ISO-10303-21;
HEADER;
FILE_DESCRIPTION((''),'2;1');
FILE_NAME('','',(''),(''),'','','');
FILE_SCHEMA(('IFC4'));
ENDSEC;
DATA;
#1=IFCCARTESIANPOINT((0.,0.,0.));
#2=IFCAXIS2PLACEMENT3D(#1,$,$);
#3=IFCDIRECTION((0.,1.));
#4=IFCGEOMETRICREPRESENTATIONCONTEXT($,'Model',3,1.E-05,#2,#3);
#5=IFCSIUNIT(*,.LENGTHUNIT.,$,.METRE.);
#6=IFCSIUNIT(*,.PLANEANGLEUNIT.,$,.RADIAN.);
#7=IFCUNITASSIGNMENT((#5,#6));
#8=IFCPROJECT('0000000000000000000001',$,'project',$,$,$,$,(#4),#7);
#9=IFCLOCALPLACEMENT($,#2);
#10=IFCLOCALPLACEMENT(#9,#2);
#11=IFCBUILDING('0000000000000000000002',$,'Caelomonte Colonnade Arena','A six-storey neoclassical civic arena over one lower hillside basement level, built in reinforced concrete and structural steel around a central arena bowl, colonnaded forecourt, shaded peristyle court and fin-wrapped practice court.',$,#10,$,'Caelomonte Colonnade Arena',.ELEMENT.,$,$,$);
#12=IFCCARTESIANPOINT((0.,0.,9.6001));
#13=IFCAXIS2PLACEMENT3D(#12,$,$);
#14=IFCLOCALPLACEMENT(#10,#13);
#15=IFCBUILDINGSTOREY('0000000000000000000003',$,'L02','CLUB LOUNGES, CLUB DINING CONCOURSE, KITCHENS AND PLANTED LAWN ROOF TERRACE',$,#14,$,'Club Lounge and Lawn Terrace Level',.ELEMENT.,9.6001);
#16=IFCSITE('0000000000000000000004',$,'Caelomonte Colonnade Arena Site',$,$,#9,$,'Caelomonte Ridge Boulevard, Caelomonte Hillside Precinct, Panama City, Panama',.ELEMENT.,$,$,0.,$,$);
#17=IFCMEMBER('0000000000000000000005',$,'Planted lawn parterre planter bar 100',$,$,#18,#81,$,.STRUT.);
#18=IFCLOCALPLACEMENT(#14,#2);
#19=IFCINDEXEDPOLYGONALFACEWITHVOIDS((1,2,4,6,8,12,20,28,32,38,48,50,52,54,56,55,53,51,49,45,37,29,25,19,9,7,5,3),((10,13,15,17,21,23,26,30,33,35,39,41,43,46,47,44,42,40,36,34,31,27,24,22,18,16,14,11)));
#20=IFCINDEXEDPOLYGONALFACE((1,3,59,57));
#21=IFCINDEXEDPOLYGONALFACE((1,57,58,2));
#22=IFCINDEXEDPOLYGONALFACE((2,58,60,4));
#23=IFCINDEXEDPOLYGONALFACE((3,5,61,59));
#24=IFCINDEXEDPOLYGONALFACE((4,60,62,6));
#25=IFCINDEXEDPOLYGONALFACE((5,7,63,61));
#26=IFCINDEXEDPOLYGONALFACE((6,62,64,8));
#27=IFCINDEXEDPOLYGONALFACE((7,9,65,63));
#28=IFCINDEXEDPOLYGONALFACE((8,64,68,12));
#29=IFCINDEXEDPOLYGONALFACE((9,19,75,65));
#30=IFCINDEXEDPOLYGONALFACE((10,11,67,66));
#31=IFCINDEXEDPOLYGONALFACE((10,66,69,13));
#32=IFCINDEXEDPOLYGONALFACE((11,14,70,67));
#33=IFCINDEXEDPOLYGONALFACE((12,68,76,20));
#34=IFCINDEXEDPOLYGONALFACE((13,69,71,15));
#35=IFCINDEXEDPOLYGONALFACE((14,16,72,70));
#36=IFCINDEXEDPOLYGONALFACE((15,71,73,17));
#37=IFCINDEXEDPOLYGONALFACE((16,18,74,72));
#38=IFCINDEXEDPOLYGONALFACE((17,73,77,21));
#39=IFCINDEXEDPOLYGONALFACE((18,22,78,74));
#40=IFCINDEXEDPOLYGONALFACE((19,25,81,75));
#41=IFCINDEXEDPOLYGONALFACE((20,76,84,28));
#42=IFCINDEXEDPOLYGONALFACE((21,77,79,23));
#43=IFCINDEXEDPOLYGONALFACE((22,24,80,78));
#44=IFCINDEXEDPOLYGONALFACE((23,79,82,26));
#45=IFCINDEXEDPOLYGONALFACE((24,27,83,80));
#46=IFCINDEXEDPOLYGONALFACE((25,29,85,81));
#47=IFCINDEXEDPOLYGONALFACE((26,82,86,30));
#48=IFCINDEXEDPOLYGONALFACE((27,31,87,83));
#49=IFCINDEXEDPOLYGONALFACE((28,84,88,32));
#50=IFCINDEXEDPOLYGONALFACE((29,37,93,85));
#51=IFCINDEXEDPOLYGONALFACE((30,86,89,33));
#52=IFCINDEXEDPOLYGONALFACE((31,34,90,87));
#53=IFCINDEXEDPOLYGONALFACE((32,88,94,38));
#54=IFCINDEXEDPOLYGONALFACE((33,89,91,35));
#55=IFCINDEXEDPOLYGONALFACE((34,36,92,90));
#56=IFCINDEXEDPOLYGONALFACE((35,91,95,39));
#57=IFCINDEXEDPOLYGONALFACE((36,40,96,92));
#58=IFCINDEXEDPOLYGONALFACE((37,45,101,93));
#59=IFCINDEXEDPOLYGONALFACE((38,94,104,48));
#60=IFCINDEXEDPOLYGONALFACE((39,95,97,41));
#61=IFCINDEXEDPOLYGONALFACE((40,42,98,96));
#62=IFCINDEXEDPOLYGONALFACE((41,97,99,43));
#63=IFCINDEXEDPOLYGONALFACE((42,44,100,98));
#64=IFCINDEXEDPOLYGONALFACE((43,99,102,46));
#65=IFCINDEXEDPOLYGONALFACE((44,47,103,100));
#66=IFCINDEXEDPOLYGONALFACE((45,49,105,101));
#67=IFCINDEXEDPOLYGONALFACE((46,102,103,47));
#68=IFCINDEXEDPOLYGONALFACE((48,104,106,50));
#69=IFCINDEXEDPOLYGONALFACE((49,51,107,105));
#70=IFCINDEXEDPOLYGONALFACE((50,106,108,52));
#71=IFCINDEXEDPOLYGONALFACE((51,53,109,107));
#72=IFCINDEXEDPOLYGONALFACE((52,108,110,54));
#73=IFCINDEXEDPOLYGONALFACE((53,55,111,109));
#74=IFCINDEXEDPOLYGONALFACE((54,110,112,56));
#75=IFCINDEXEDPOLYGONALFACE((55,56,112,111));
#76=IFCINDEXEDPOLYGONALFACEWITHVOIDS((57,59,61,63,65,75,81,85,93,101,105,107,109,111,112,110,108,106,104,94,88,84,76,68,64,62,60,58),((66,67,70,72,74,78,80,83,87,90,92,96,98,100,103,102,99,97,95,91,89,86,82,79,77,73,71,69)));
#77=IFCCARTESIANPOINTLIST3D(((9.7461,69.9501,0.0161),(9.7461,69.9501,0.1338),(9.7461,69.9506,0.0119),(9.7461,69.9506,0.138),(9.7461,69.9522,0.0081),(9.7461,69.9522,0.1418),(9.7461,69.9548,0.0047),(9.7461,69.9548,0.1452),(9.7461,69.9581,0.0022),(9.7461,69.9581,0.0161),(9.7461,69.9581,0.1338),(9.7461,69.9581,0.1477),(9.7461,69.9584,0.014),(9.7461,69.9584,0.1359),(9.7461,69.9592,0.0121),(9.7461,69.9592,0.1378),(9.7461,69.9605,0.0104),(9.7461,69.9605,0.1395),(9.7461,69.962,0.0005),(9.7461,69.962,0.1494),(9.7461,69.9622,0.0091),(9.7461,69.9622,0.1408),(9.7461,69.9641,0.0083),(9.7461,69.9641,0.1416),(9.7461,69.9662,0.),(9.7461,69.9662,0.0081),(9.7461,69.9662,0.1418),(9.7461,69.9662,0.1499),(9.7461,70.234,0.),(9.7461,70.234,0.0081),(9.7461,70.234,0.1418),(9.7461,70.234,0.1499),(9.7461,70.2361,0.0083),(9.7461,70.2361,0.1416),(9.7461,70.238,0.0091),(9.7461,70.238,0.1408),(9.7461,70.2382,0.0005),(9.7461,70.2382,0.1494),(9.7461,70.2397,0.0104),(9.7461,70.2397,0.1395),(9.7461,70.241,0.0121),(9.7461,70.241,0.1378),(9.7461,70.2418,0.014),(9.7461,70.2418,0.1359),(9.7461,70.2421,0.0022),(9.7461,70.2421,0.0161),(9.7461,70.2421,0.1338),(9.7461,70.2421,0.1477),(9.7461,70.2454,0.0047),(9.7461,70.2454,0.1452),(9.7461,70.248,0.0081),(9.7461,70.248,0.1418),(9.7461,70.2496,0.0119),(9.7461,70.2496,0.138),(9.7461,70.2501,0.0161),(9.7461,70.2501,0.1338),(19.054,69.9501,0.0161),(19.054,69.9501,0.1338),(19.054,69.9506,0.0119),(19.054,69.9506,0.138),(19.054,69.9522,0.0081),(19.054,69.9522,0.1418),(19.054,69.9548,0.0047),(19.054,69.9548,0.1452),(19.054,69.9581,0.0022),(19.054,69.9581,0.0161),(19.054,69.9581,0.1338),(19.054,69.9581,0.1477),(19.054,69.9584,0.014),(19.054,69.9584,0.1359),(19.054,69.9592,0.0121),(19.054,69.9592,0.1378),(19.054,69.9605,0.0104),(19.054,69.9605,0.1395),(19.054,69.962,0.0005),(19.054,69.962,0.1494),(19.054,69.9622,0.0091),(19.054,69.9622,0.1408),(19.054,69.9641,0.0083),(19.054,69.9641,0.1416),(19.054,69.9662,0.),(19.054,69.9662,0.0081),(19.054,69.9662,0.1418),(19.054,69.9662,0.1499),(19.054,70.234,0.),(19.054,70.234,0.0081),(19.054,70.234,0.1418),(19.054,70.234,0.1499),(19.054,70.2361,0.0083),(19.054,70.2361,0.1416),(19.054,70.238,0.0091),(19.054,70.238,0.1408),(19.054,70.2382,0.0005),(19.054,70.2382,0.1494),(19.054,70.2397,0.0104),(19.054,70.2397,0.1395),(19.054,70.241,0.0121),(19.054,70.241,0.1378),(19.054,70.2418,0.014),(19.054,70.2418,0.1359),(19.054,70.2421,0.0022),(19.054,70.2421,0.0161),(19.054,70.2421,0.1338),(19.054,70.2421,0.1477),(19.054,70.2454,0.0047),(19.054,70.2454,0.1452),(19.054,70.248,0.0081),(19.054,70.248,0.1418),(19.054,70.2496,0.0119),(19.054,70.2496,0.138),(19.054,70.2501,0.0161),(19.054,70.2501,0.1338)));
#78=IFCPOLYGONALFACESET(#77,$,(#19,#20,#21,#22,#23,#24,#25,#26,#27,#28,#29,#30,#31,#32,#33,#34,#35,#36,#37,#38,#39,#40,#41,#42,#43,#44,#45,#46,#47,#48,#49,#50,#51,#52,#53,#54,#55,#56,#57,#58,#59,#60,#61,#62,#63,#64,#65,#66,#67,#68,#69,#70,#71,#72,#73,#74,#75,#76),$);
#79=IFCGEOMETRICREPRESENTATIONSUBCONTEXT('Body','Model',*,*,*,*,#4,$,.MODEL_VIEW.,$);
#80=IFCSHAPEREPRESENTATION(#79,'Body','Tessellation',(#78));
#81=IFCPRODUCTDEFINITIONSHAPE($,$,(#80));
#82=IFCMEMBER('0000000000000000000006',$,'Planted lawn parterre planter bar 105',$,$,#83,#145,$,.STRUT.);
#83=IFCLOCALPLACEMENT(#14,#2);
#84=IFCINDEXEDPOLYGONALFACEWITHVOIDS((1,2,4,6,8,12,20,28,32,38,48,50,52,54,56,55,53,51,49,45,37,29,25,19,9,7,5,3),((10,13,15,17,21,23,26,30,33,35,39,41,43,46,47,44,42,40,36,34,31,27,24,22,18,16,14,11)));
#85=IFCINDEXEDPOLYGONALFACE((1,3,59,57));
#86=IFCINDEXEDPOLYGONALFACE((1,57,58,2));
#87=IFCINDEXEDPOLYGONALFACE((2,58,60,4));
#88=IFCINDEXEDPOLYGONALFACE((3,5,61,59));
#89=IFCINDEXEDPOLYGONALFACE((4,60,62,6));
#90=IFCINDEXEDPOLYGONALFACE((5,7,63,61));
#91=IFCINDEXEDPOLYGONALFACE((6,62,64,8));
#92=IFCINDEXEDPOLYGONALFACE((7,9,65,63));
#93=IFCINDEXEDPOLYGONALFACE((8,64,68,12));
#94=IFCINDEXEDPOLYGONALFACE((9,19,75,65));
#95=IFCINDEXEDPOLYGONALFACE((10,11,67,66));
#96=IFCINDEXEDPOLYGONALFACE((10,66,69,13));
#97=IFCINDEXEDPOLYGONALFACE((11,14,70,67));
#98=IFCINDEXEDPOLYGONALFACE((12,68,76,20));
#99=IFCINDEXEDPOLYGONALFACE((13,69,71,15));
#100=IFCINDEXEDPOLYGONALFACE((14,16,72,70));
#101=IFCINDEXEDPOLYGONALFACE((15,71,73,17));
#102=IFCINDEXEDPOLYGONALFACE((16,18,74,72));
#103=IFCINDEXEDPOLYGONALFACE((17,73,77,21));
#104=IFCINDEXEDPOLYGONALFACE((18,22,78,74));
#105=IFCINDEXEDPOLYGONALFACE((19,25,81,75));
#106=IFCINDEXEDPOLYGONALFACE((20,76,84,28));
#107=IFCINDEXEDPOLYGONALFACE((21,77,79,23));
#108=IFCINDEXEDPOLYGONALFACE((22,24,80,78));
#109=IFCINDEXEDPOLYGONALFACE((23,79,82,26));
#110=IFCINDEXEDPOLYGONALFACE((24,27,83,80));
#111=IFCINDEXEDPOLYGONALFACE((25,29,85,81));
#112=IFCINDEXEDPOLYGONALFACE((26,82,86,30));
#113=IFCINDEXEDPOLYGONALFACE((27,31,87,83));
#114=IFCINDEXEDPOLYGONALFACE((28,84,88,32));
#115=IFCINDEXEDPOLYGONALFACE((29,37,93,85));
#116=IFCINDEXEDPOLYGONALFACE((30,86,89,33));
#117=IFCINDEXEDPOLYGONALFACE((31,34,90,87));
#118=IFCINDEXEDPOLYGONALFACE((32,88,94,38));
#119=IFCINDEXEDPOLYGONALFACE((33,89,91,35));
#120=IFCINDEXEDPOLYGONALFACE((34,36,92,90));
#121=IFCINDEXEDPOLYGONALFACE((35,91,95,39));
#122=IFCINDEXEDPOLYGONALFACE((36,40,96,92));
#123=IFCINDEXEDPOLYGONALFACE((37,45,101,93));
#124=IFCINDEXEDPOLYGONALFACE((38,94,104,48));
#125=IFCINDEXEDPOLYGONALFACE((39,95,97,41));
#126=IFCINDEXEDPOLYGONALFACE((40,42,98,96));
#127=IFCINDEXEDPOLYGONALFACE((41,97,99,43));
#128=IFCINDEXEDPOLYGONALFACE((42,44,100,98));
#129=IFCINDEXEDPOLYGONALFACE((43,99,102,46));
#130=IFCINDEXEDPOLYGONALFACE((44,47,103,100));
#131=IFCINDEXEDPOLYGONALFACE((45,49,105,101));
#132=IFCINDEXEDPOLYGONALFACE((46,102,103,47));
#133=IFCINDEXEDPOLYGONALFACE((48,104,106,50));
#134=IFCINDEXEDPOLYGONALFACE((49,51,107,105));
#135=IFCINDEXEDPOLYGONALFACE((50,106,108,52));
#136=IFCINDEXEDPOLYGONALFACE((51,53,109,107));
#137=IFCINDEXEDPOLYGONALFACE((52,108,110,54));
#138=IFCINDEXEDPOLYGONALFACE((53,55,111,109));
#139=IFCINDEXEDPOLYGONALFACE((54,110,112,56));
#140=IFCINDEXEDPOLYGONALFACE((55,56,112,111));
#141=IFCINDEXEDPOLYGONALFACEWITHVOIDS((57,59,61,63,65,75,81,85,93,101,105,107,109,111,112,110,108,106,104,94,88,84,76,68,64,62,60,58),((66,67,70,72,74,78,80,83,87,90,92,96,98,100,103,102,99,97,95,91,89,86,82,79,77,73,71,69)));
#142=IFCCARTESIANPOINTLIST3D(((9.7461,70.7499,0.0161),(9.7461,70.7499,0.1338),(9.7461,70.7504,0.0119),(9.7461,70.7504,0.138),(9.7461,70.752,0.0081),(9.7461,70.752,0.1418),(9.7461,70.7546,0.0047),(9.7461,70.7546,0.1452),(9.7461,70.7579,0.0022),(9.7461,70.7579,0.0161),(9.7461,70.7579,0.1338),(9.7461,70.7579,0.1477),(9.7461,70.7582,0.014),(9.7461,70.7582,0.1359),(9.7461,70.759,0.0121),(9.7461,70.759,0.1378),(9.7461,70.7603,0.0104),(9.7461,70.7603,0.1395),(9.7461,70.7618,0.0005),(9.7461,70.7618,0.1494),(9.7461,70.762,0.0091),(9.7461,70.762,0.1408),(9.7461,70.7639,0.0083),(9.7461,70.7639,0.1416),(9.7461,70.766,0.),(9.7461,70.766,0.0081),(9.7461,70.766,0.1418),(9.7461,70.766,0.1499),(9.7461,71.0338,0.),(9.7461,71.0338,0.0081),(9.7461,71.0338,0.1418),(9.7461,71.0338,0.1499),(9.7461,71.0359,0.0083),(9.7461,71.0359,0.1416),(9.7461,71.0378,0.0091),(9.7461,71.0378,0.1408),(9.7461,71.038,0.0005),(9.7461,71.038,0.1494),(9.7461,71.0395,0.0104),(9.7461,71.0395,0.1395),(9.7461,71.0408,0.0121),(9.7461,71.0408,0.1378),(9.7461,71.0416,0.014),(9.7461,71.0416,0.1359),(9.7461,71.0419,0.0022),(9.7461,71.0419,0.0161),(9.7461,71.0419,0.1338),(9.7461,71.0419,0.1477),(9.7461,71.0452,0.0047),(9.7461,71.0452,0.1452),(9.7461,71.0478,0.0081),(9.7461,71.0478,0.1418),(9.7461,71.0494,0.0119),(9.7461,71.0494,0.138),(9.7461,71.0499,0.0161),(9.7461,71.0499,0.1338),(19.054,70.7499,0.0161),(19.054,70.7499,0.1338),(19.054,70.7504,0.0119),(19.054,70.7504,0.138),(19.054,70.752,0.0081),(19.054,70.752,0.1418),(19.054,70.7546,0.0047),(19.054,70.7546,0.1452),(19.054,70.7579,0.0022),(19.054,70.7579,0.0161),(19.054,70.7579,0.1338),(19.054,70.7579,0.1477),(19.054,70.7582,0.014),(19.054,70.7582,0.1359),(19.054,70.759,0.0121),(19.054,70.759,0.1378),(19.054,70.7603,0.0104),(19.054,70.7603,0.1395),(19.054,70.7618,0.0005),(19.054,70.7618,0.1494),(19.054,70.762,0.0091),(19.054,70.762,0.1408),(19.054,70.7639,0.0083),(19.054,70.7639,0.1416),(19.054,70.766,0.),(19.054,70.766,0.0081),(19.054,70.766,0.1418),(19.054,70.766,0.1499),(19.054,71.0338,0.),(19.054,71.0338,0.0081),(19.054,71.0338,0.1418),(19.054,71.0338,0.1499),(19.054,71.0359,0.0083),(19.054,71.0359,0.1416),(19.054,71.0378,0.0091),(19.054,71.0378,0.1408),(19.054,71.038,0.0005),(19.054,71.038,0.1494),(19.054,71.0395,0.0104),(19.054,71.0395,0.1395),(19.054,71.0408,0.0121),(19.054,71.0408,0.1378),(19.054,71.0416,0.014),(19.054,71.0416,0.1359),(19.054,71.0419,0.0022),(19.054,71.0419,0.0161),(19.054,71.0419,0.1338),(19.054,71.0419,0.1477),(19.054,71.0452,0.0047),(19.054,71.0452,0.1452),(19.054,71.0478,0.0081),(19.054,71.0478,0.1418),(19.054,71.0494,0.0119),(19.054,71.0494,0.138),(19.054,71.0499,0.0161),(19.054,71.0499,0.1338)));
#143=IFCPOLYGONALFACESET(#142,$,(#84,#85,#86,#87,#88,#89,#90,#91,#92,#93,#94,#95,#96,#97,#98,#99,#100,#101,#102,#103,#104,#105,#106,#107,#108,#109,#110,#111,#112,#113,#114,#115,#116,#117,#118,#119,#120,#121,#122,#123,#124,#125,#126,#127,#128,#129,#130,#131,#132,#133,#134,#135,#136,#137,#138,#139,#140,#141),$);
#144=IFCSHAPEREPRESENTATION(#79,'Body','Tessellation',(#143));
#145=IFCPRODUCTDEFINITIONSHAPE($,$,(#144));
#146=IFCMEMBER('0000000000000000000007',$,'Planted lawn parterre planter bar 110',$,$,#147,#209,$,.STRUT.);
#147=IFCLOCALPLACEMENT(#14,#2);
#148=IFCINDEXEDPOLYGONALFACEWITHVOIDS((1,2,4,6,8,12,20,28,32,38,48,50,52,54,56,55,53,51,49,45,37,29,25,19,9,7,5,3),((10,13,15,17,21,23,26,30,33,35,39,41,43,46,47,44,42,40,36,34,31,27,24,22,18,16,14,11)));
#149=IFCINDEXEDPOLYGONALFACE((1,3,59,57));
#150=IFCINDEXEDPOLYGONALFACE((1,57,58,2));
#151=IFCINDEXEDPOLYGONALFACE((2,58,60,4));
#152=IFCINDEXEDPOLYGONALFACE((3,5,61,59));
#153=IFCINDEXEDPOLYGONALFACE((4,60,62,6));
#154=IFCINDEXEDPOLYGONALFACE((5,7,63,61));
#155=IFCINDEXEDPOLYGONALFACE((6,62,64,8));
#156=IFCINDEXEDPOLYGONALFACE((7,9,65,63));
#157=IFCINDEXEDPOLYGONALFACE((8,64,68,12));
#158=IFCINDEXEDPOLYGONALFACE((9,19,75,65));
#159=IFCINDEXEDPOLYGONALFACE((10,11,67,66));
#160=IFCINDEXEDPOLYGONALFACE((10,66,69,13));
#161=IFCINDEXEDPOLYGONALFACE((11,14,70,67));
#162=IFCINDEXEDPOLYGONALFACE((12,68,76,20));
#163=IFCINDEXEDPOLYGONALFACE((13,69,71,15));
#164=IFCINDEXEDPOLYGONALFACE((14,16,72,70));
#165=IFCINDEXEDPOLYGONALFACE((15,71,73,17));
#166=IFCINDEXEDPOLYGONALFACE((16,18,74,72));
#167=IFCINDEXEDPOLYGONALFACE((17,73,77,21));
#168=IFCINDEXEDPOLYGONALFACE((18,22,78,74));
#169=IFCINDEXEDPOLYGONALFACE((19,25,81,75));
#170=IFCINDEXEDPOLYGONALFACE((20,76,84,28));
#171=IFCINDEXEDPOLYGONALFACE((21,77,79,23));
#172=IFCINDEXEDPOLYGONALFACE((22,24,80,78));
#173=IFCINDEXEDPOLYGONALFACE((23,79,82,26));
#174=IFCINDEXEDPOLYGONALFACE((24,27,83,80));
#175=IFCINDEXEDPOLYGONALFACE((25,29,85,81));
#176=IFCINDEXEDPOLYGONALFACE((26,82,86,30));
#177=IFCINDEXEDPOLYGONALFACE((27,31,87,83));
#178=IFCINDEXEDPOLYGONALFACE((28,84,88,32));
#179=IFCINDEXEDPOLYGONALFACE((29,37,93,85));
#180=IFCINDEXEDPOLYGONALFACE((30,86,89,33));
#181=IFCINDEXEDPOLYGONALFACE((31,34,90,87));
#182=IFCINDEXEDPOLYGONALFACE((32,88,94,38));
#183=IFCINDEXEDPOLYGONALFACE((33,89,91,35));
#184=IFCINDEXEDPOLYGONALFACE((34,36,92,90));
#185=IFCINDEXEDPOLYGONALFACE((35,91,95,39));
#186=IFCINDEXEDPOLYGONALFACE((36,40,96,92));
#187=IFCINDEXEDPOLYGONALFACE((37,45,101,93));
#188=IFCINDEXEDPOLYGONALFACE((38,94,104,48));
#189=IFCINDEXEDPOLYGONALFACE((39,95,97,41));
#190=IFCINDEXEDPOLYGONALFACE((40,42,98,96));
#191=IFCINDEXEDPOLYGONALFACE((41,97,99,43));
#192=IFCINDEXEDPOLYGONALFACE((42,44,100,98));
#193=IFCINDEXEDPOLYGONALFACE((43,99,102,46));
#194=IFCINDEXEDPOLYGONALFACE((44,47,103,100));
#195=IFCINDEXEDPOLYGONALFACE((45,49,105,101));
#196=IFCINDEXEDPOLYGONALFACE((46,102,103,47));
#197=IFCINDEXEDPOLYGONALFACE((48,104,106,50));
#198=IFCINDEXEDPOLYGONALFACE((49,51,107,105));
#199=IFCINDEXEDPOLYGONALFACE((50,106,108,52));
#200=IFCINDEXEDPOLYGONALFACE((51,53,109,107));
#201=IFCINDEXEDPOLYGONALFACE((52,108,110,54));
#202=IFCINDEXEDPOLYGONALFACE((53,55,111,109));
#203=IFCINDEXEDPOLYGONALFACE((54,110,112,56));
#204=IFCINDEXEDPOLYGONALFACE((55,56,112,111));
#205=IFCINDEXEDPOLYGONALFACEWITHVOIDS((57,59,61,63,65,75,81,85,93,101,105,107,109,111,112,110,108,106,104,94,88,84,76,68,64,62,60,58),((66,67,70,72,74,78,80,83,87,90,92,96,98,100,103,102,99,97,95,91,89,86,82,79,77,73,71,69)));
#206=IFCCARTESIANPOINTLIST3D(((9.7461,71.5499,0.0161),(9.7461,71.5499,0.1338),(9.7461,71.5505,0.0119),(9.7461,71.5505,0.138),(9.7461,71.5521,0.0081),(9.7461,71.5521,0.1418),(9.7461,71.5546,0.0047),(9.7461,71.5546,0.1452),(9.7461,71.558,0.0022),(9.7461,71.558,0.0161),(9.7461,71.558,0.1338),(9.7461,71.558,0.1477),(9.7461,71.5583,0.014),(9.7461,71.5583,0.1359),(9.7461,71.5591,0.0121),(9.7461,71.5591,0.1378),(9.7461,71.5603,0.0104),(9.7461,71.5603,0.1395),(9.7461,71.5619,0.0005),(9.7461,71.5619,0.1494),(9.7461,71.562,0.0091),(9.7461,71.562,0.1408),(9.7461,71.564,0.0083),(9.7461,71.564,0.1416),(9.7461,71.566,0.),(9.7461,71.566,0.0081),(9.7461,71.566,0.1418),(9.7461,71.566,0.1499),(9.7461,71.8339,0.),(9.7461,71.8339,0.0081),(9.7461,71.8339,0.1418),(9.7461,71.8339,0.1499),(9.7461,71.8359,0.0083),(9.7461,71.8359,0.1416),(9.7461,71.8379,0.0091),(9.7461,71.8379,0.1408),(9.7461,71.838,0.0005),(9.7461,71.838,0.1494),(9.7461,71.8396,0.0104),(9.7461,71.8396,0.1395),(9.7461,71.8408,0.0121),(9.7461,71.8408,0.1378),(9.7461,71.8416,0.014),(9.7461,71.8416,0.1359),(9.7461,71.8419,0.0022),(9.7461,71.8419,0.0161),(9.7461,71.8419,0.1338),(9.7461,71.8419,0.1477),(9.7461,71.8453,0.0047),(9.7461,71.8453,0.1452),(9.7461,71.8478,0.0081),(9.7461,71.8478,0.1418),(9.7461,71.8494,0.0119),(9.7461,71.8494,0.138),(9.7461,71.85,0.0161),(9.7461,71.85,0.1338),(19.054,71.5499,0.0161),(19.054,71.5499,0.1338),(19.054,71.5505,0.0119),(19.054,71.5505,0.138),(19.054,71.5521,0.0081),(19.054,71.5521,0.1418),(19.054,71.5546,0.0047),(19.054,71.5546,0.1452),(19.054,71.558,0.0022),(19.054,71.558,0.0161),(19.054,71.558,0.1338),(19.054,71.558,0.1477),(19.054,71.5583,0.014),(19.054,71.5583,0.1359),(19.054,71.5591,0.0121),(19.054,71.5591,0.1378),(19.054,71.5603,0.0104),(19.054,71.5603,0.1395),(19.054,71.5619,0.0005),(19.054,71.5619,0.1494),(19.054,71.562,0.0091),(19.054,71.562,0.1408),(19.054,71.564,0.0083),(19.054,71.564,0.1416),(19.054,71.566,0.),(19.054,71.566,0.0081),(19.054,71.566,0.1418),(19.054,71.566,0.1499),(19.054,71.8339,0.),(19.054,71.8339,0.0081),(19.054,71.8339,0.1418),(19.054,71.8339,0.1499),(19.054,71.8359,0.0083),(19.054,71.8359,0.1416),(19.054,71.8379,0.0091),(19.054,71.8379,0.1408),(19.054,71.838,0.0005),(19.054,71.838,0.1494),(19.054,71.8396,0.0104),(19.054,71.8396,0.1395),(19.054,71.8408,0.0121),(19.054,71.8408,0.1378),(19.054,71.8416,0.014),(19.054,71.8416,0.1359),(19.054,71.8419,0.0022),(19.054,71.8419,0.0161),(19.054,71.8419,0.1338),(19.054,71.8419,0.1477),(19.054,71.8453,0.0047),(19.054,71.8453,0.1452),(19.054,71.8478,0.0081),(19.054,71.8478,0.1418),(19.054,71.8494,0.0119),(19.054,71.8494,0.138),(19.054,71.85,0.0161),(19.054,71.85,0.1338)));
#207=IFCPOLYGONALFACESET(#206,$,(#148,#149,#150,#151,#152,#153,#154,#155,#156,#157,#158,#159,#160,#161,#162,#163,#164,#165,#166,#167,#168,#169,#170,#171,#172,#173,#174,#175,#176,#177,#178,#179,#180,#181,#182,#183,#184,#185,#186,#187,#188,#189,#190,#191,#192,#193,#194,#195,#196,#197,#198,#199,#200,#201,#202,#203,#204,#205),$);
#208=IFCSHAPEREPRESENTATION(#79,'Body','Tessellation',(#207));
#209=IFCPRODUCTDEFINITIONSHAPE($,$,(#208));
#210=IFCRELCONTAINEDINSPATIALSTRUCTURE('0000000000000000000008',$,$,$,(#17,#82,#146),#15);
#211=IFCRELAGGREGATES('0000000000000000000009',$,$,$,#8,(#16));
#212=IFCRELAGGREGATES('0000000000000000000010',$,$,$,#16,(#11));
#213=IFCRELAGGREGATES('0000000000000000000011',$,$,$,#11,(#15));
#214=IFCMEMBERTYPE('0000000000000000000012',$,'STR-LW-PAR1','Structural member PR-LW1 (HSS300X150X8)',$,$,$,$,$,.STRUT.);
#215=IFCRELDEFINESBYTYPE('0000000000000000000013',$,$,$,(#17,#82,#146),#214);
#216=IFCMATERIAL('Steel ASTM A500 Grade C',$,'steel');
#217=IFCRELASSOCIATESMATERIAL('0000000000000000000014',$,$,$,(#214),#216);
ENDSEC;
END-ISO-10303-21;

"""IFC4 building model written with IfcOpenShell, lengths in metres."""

from ifc_helpers import new_model, si_unit, direction, frame, origin, origin_2d, place, context, subcontext, project, spatial, hollow_rectangle, extrude, material, material_profile, profile_set, type_object, element, save


model = new_model("IFC4")

# Units and contexts
model_context = context("Model", 3, precision=1e-05, world=origin(), true_north=direction((0.0, 1.0)))
body_context = subcontext(model_context, "Body", "Model", "MODEL_VIEW")
ifc_project = project(units=[si_unit("LENGTHUNIT", "METRE"), si_unit("PLANEANGLEUNIT", "RADIAN")], contexts=[model_context])

# Site, building, storey
site_placement = place(None, origin())
site = spatial("IfcSite", under=ifc_project, at=site_placement, Name="Caelomonte Colonnade Arena Site", LongName="Caelomonte Ridge Boulevard, Caelomonte Hillside Precinct, Panama City, Panama", CompositionType="ELEMENT", RefElevation=0.0)
building_placement = place(site_placement, origin())
building = spatial("IfcBuilding", under=site, at=building_placement, Name="Caelomonte Colonnade Arena", Description="A six-storey neoclassical civic arena over one lower hillside basement level, built in reinforced concrete and structural steel around a central arena bowl, colonnaded forecourt, shaded peristyle court and fin-wrapped practice court.", LongName="Caelomonte Colonnade Arena", CompositionType="ELEMENT")
storey_placement = place(building_placement, frame((0.0, 0.0, 9.6001)))
storey = spatial("IfcBuildingStorey", under=building, at=storey_placement, Name="L02", Description="CLUB LOUNGES, CLUB DINING CONCOURSE, KITCHENS AND PLANTED LAWN ROOF TERRACE", LongName="Club Lounge and Lawn Terrace Level", CompositionType="ELEMENT", Elevation=9.6001)

# Members
ifc_material_1 = material(Name="Steel ASTM A500 Grade C", Category="steel")
ifc_material_profile_1 = material_profile(ifc_material_1, hollow_rectangle(XDim=0.3, YDim=0.1499, WallThickness=0.0081, InnerFilletRadius=0.0081, OuterFilletRadius=0.0161, at=origin_2d()), Name="HSS300X150X8")
ifc_profile_set_1 = profile_set([ifc_material_profile_1], Name="Steel ASTM A500 Grade C")
member_type = type_object("IfcMemberType", Name="STR-LW-PAR1", Description="Structural member PR-LW1 (HSS300X150X8)", PredefinedType="STRUT", material=ifc_profile_set_1)
for number, where, z_axis, x_axis, name in (
    (1, (9.7461, 70.1001, 0.075), (1.0, 0.0, 0.0), (0.0, 1.0, 0.0), "Planted lawn parterre planter bar 100"),
    (2, (9.7461, 70.8999, 0.075), (1.0, 0.0, 0.0), (0.0, 1.0, 0.0), "Planted lawn parterre planter bar 105"),
    (3, (9.7461, 71.7, 0.075), (1.0, 0.0, 0.0), (0.0, 1.0, 0.0), "Planted lawn parterre planter bar 110"),
):
    element("IfcMember", number, at=place(storey_placement, frame(where, z_axis=z_axis, x_axis=x_axis)), inside=storey, type_object=member_type, Name=name, PredefinedType="STRUT", context=body_context, shape_type="SweptSolid", body=[
        extrude(hollow_rectangle(XDim=0.3, YDim=0.1499, WallThickness=0.0081, InnerFilletRadius=0.0081, OuterFilletRadius=0.0161, at=origin_2d()), origin(), (0.0, 0.0, 1.0), 9.3079),
    ])

save(model, "model.ifc")
